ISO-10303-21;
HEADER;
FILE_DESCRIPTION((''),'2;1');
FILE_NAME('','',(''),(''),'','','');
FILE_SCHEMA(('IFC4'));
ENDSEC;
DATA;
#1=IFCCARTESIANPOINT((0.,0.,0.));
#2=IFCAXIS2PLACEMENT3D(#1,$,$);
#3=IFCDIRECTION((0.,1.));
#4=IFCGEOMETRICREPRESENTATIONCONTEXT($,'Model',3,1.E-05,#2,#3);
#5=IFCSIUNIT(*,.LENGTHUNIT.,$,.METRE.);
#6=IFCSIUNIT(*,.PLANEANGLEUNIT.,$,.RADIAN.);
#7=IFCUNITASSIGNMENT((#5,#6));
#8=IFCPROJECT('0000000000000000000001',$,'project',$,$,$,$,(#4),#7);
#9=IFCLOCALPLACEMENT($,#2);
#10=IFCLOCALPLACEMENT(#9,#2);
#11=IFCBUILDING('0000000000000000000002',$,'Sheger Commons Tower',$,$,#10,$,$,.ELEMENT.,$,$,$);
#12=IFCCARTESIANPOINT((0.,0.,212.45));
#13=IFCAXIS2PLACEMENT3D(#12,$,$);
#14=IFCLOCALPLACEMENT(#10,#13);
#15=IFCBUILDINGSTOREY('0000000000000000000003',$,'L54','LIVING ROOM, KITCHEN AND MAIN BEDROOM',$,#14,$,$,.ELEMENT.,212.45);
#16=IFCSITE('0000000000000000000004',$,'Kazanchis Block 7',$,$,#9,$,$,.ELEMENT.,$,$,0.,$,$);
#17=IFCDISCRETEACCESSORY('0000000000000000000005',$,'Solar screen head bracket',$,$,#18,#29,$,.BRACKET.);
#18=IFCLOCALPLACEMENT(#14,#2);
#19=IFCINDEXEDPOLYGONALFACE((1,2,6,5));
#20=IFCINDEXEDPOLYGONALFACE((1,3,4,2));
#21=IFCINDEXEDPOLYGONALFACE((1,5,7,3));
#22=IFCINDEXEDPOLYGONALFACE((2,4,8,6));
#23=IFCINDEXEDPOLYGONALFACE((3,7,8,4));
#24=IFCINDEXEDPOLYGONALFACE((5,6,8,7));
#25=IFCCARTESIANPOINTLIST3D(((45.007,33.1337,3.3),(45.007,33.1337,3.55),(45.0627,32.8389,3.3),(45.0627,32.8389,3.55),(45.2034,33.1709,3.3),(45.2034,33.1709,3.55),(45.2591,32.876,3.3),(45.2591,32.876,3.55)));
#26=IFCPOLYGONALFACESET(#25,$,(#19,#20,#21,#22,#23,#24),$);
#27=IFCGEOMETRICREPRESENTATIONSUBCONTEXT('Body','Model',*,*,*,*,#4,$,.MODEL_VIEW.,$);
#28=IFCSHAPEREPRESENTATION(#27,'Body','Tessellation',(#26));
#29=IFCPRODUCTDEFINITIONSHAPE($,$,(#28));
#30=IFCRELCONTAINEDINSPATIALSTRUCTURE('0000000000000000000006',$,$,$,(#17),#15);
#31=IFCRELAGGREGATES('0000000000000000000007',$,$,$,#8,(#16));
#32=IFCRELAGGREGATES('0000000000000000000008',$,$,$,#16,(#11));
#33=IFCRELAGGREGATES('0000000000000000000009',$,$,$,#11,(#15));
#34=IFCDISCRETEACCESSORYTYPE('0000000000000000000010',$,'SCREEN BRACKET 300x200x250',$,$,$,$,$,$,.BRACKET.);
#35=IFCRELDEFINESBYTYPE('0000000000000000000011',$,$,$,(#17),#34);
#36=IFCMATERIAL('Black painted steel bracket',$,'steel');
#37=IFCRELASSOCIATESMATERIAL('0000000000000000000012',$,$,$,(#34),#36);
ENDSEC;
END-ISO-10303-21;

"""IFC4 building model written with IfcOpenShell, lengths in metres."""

from ifc_helpers import new_model, si_unit, direction, frame, origin, origin_2d, place, context, subcontext, project, spatial, rectangle, extrude, material, type_object, element, save


model = new_model("IFC4")

# Units and contexts
model_context = context("Model", 3, precision=1e-05, world=origin(), true_north=direction((0.0, 1.0)))
body_context = subcontext(model_context, "Body", "Model", "MODEL_VIEW")
ifc_project = project(units=[si_unit("LENGTHUNIT", "METRE"), si_unit("PLANEANGLEUNIT", "RADIAN")], contexts=[model_context])

# Site, building, storey
site_placement = place(None, origin())
site = spatial("IfcSite", under=ifc_project, at=site_placement, Name="Kazanchis Block 7", CompositionType="ELEMENT", RefElevation=0.0)
building_placement = place(site_placement, origin())
building = spatial("IfcBuilding", under=site, at=building_placement, Name="Sheger Commons Tower", CompositionType="ELEMENT")
storey_placement = place(building_placement, frame((0.0, 0.0, 212.45)))
storey = spatial("IfcBuildingStorey", under=building, at=storey_placement, Name="L54", Description="LIVING ROOM, KITCHEN AND MAIN BEDROOM", CompositionType="ELEMENT", Elevation=212.45)

# Discrete accessory
ifc_material_1 = material(Name="Black painted steel bracket", Category="steel")
discrete_accessory_type = type_object("IfcDiscreteAccessoryType", Name="SCREEN BRACKET 300x200x250", PredefinedType="BRACKET", material=ifc_material_1)
for number, where, z_axis, x_axis, name in (
    (1, (45.1331, 33.0049, 3.3), (0.0, 0.0, 1.0), (-0.185615, 0.982623, 0.0), "Solar screen head bracket"),
):
    element("IfcDiscreteAccessory", number, at=place(storey_placement, frame(where, z_axis=z_axis, x_axis=x_axis)), inside=storey, type_object=discrete_accessory_type, Name=name, PredefinedType="BRACKET", context=body_context, shape_type="SweptSolid", body=[
        extrude(rectangle(XDim=0.3, YDim=0.2, at=origin_2d()), origin(), (0.0, 0.0, 1.0), 0.25),
    ])

save(model, "model.ifc")
